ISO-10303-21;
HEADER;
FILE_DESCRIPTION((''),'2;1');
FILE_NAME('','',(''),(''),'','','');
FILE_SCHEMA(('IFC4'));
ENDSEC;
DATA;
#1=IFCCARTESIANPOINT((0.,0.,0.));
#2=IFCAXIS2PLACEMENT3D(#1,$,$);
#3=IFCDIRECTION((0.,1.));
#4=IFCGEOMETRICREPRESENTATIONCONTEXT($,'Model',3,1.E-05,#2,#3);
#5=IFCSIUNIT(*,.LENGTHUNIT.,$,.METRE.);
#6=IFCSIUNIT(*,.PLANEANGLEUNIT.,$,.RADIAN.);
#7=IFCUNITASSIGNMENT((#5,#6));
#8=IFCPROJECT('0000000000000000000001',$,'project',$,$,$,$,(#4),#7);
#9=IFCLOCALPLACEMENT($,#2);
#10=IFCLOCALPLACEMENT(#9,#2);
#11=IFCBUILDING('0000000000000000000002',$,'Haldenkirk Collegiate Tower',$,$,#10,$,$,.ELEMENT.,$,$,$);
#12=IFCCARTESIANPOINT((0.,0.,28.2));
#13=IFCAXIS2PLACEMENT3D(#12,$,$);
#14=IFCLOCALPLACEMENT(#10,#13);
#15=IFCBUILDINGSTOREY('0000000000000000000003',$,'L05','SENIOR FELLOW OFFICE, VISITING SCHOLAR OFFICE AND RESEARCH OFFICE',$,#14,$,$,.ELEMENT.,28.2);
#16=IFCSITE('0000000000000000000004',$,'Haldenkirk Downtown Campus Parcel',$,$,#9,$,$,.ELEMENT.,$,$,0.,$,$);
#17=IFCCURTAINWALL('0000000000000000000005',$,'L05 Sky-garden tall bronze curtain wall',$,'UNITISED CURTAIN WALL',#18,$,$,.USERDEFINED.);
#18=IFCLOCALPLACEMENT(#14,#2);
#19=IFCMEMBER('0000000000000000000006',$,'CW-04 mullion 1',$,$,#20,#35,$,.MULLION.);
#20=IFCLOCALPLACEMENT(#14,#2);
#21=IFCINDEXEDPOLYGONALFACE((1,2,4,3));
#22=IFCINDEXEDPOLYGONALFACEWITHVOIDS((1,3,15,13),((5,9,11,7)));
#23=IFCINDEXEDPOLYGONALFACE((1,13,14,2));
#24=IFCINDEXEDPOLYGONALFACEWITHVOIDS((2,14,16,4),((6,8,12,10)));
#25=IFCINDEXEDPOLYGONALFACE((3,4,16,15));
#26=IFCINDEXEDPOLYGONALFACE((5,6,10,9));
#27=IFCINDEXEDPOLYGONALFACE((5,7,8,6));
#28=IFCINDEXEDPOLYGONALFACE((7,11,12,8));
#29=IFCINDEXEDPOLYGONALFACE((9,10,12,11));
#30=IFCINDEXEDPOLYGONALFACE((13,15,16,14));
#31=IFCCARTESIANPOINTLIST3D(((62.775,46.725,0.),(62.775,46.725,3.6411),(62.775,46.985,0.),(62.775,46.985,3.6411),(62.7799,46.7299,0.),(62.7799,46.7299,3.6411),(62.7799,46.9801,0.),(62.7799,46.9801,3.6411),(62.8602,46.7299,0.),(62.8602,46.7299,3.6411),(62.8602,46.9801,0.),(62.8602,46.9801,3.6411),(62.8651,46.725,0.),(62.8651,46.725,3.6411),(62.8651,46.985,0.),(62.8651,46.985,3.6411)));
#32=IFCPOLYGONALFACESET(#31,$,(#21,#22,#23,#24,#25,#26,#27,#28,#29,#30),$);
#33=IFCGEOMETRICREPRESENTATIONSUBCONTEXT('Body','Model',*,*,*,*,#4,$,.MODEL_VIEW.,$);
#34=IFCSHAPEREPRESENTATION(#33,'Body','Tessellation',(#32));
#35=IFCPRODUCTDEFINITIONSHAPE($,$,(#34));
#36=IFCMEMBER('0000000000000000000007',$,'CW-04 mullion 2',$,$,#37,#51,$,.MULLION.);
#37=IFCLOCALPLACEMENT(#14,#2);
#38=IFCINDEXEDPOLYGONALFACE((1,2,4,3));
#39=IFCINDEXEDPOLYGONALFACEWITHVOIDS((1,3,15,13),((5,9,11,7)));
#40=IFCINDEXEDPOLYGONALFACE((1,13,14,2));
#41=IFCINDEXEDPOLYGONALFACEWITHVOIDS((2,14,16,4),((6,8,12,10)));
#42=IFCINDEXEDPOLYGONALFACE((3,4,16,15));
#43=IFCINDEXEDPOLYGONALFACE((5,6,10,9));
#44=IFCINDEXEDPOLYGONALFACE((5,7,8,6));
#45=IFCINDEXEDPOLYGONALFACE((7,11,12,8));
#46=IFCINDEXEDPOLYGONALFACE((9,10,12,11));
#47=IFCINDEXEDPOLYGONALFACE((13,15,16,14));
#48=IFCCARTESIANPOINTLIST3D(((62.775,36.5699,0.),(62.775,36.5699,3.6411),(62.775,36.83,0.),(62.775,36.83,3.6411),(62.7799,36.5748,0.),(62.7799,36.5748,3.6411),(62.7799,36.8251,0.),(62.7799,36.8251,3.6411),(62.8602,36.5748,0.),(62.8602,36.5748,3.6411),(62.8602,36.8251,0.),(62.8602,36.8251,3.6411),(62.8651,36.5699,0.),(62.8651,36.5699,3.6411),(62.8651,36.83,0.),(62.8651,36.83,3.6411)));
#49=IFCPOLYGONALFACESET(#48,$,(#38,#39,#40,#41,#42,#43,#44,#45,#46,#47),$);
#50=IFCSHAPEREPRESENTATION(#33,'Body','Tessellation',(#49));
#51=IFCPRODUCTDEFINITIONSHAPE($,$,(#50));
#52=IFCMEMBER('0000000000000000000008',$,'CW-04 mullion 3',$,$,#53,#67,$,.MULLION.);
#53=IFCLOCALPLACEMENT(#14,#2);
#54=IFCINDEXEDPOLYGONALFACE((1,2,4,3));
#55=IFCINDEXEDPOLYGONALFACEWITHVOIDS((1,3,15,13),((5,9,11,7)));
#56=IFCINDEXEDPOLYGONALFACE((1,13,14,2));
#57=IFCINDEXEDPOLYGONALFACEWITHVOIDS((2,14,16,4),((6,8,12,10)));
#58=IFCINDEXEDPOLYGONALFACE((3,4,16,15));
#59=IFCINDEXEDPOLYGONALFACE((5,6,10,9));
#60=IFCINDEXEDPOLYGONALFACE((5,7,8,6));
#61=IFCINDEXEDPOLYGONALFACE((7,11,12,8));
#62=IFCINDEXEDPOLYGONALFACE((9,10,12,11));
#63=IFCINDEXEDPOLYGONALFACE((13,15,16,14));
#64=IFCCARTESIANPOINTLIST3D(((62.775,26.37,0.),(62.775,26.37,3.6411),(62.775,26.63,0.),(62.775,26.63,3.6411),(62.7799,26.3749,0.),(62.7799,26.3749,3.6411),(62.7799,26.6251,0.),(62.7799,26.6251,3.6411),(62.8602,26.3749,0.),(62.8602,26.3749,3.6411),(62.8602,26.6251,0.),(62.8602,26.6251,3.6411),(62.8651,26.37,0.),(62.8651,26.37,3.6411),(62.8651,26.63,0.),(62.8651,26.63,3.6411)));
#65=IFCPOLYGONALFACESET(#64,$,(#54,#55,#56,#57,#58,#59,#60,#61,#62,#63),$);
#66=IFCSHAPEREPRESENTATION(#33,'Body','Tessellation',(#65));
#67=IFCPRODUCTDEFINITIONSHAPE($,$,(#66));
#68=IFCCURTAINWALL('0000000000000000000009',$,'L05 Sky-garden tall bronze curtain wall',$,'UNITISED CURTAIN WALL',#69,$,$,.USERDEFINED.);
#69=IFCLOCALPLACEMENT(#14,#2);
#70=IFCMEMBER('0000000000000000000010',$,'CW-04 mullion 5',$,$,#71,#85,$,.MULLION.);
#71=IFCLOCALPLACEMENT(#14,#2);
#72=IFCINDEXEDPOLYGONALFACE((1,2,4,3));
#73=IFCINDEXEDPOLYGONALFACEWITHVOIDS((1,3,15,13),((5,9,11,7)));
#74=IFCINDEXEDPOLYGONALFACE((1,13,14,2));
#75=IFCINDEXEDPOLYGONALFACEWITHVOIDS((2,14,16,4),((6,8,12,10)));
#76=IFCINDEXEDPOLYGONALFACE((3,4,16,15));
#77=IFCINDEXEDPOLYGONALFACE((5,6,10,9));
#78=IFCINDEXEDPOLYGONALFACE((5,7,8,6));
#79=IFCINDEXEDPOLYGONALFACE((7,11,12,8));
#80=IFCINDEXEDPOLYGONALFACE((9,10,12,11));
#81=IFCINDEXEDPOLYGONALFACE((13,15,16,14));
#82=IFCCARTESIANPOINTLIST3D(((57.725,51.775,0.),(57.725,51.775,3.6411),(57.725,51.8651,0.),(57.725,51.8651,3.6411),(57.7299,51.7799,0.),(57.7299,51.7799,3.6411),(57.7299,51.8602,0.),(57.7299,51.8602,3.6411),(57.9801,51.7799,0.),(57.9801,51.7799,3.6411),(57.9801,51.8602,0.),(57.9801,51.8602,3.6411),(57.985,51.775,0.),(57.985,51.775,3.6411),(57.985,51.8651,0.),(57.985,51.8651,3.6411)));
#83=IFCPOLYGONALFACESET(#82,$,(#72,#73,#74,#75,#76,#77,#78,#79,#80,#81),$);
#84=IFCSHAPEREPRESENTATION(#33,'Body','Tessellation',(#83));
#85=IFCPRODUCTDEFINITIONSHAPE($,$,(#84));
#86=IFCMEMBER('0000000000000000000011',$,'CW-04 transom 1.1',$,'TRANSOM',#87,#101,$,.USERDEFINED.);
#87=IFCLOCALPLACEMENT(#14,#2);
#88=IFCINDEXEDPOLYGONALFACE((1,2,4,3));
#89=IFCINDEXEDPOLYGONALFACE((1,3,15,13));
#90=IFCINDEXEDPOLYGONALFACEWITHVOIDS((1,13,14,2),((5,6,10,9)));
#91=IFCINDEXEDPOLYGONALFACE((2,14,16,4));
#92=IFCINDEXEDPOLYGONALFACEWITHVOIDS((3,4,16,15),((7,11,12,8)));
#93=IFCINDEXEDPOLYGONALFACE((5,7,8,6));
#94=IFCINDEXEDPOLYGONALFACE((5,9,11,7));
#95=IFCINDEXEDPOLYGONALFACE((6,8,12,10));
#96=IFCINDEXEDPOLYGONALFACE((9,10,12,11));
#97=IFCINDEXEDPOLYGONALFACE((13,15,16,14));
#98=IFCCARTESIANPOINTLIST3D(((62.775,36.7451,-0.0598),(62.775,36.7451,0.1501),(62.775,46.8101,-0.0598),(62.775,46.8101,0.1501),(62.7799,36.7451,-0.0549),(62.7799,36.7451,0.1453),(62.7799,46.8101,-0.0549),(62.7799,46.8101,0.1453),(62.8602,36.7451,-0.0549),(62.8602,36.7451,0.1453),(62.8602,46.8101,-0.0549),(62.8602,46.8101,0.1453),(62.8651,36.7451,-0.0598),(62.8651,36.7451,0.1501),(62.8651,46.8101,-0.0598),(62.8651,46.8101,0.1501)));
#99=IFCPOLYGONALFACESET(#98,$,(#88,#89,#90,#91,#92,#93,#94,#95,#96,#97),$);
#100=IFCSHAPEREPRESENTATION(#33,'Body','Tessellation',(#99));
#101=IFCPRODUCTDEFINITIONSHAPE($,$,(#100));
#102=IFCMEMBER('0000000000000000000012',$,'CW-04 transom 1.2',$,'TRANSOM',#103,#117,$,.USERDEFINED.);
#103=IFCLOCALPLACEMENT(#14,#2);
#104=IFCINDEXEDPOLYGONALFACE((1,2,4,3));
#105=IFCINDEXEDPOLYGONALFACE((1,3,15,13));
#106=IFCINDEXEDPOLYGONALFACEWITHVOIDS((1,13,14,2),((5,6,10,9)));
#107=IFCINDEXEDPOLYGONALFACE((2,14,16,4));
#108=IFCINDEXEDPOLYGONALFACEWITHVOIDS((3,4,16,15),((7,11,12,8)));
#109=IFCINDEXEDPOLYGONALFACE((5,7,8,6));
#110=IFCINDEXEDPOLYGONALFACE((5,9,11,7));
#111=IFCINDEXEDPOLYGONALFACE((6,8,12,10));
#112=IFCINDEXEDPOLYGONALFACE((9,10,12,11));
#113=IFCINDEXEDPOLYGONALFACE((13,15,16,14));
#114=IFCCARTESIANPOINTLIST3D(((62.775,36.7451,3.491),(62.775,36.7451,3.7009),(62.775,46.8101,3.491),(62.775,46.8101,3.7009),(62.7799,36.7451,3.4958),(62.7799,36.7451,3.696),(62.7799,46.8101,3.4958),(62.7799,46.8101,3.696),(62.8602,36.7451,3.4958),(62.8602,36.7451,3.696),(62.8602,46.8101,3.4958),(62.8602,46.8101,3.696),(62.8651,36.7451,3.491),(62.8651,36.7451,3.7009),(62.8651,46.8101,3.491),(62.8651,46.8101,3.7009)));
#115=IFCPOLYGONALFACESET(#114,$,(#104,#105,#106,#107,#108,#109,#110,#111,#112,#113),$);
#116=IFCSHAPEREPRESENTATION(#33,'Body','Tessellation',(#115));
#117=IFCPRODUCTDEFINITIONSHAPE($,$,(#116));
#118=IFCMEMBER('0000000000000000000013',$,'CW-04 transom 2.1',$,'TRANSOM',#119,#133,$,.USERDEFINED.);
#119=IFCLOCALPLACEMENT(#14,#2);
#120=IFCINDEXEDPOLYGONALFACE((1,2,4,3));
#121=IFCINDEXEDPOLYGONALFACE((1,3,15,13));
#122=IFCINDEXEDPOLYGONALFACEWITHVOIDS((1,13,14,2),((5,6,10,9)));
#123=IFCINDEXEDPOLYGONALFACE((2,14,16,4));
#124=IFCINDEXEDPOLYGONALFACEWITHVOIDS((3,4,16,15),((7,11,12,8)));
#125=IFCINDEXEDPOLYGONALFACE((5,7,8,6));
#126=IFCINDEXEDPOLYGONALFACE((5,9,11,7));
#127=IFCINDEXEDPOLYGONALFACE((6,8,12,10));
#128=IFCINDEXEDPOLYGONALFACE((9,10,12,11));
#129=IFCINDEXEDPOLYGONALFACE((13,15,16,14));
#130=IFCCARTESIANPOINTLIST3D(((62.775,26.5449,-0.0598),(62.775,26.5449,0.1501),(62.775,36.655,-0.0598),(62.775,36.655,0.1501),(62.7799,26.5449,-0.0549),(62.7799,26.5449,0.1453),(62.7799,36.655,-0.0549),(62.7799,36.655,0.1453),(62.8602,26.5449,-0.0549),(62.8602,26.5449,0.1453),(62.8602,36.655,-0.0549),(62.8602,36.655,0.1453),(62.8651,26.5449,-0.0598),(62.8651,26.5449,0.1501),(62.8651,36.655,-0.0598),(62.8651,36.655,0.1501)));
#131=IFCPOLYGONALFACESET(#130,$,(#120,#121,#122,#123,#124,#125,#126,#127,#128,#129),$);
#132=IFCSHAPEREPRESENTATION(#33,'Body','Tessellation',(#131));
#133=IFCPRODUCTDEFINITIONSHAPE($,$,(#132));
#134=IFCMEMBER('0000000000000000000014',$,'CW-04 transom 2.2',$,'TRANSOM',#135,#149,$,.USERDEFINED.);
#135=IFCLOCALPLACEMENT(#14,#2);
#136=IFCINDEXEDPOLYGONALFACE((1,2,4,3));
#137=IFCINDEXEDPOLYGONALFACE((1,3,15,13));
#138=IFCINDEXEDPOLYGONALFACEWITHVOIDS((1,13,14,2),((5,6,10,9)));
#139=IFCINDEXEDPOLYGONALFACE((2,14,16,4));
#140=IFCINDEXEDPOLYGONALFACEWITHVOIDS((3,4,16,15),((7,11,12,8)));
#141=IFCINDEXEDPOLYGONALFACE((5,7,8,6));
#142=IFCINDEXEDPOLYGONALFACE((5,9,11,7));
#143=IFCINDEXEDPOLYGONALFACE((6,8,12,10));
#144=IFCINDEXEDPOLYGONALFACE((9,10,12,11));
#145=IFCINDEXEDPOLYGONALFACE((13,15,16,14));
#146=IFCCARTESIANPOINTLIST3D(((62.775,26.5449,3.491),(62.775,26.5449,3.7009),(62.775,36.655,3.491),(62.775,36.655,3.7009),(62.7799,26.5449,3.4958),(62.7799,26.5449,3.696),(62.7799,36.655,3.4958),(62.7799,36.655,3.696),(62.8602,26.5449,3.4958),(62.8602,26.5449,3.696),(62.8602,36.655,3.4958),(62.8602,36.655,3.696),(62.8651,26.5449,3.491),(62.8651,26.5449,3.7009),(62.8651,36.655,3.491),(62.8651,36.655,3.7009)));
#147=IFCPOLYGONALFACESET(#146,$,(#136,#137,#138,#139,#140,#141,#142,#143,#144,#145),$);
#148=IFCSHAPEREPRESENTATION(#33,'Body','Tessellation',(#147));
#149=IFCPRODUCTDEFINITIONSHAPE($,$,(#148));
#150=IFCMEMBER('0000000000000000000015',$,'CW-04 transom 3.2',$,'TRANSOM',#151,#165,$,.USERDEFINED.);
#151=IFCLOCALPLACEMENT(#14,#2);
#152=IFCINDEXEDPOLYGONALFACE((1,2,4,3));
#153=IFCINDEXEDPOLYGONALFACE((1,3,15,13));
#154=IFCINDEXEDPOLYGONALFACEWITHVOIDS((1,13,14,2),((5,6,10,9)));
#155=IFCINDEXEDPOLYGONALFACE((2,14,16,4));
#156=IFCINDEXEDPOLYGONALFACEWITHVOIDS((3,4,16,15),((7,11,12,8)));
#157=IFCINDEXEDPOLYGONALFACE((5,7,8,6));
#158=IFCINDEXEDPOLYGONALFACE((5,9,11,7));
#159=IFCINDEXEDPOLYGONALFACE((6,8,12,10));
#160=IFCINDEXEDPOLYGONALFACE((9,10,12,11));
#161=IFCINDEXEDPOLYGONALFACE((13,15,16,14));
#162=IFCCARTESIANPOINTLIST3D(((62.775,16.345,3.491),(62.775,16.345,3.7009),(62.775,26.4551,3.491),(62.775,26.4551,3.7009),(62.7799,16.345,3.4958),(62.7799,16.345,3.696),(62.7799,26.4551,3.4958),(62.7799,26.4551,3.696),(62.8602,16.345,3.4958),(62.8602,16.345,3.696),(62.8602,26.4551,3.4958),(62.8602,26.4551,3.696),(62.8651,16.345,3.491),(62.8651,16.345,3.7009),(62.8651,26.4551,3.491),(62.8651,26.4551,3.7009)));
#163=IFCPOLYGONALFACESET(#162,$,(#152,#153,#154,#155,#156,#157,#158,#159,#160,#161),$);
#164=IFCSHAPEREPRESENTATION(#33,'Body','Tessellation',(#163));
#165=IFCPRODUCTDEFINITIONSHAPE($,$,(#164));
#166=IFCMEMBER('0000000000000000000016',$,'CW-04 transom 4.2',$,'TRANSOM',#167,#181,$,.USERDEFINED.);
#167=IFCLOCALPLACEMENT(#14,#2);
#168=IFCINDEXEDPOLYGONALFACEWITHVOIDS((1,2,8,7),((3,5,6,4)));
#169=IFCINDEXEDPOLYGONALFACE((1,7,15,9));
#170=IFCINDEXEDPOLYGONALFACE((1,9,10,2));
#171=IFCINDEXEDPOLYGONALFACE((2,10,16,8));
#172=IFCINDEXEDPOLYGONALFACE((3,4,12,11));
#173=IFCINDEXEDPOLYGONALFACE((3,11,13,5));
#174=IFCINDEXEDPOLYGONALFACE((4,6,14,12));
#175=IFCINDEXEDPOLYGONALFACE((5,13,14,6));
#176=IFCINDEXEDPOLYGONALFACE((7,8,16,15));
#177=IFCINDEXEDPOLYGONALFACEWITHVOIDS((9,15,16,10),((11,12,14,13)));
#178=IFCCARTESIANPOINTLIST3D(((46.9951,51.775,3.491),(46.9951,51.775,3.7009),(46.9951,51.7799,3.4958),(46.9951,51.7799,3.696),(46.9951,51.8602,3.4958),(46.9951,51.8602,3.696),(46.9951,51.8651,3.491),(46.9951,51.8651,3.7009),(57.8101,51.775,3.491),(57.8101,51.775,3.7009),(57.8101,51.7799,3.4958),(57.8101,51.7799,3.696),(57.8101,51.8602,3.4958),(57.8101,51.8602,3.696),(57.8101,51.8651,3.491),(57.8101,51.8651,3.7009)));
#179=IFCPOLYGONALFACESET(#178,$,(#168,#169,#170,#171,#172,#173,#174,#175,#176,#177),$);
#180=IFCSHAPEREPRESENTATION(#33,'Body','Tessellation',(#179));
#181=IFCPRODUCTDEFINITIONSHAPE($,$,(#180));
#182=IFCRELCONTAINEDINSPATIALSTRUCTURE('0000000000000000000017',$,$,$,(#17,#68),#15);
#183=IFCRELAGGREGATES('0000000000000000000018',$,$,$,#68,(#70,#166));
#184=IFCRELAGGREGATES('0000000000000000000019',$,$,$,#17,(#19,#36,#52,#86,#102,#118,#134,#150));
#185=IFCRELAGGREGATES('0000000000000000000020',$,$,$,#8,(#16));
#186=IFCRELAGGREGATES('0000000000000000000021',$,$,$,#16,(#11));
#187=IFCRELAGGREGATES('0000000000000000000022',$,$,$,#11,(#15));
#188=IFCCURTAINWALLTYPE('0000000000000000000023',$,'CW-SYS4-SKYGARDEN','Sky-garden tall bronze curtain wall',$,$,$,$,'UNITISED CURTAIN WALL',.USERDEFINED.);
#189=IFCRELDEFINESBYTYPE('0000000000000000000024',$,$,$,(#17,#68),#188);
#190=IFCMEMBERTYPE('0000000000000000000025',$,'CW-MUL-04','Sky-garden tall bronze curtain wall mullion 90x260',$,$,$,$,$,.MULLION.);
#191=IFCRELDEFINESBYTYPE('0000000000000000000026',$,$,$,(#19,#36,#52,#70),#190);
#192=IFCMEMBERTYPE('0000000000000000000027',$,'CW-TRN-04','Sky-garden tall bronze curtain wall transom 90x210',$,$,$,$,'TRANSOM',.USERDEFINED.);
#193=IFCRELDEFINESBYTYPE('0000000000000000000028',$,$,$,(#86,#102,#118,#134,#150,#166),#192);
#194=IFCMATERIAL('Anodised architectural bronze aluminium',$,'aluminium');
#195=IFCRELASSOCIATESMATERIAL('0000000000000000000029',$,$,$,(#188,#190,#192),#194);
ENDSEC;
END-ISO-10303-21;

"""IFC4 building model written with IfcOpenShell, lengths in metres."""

from ifc_helpers import new_model, si_unit, direction, frame, origin, origin_2d, place, context, subcontext, project, spatial, hollow_rectangle, extrude, material, material_profile, profile_set, type_object, element, aggregate, save


model = new_model("IFC4")

# Units and contexts
model_context = context("Model", 3, precision=1e-05, world=origin(), true_north=direction((0.0, 1.0)))
body_context = subcontext(model_context, "Body", "Model", "MODEL_VIEW")
ifc_project = project(units=[si_unit("LENGTHUNIT", "METRE"), si_unit("PLANEANGLEUNIT", "RADIAN")], contexts=[model_context])

# Site, building, storey
site_placement = place(None, origin())
site = spatial("IfcSite", under=ifc_project, at=site_placement, Name="Haldenkirk Downtown Campus Parcel", CompositionType="ELEMENT", RefElevation=0.0)
building_placement = place(site_placement, origin())
building = spatial("IfcBuilding", under=site, at=building_placement, Name="Haldenkirk Collegiate Tower", CompositionType="ELEMENT")
storey_placement = place(building_placement, frame((0.0, 0.0, 28.2)))
storey = spatial("IfcBuildingStorey", under=building, at=storey_placement, Name="L05", Description="SENIOR FELLOW OFFICE, VISITING SCHOLAR OFFICE AND RESEARCH OFFICE", CompositionType="ELEMENT", Elevation=28.2)

# Curtain wall, members
ifc_material_1 = material(Name="Anodised architectural bronze aluminium", Category="aluminium")
curtain_wall_type = type_object("IfcCurtainWallType", Name="CW-SYS4-SKYGARDEN", Description="Sky-garden tall bronze curtain wall", ElementType="UNITISED CURTAIN WALL", PredefinedType="USERDEFINED", material=ifc_material_1)
curtain_wall_1_placement = place(storey_placement, origin())
curtain_wall_1 = element("IfcCurtainWall", 1, at=curtain_wall_1_placement, inside=storey, type_object=curtain_wall_type, Name="L05 Sky-garden tall bronze curtain wall", ObjectType="UNITISED CURTAIN WALL", PredefinedType="USERDEFINED")
ifc_material_profile_1 = material_profile(ifc_material_1, hollow_rectangle(XDim=0.0901, YDim=0.26, WallThickness=0.0049, at=origin_2d()), Name="CW-MUL-04")
ifc_profile_set_1 = profile_set([ifc_material_profile_1], Name="Anodised architectural bronze aluminium")
member_type_1 = type_object("IfcMemberType", Name="CW-MUL-04", Description="Sky-garden tall bronze curtain wall mullion 90x260", PredefinedType="MULLION", material=ifc_profile_set_1)
member_1_placement = place(storey_placement, frame((62.8201, 46.855, 0.0), z_axis=(0.0, 0.0, 1.0), x_axis=(1.0, 0.0, 0.0)))
member_1 = element("IfcMember", 2, at=member_1_placement, type_object=member_type_1, Name="CW-04 mullion 1", PredefinedType="MULLION", context=body_context, shape_type="SweptSolid", body=[
    extrude(hollow_rectangle(XDim=0.0901, YDim=0.26, WallThickness=0.0049, at=origin_2d()), origin(), (0.0, 0.0, 1.0), 3.6411),
])
member_2_placement = place(storey_placement, frame((62.8201, 36.7, 0.0), z_axis=(0.0, 0.0, 1.0), x_axis=(1.0, 0.0, 0.0)))
member_2 = element("IfcMember", 3, at=member_2_placement, type_object=member_type_1, Name="CW-04 mullion 2", PredefinedType="MULLION", context=body_context, shape_type="SweptSolid", body=[
    extrude(hollow_rectangle(XDim=0.0901, YDim=0.26, WallThickness=0.0049, at=origin_2d()), origin(), (0.0, 0.0, 1.0), 3.6411),
])
member_3_placement = place(storey_placement, frame((62.8201, 26.5, 0.0), z_axis=(0.0, 0.0, 1.0), x_axis=(1.0, 0.0, 0.0)))
member_3 = element("IfcMember", 4, at=member_3_placement, type_object=member_type_1, Name="CW-04 mullion 3", PredefinedType="MULLION", context=body_context, shape_type="SweptSolid", body=[
    extrude(hollow_rectangle(XDim=0.0901, YDim=0.26, WallThickness=0.0049, at=origin_2d()), origin(), (0.0, 0.0, 1.0), 3.6411),
])

# Curtain wall, member
curtain_wall_2_placement = place(storey_placement, origin())
curtain_wall_2 = element("IfcCurtainWall", 5, at=curtain_wall_2_placement, inside=storey, type_object=curtain_wall_type, Name="L05 Sky-garden tall bronze curtain wall", ObjectType="UNITISED CURTAIN WALL", PredefinedType="USERDEFINED")
member_4_placement = place(storey_placement, frame((57.855, 51.8201, 0.0), z_axis=(0.0, 0.0, 1.0), x_axis=(0.0, 1.0, 0.0)))
member_4 = element("IfcMember", 6, at=member_4_placement, type_object=member_type_1, Name="CW-04 mullion 5", PredefinedType="MULLION", context=body_context, shape_type="SweptSolid", body=[
    extrude(hollow_rectangle(XDim=0.0901, YDim=0.26, WallThickness=0.0049, at=origin_2d()), origin(), (0.0, 0.0, 1.0), 3.6411),
])

# Members
ifc_material_profile_2 = material_profile(ifc_material_1, hollow_rectangle(XDim=0.0901, YDim=0.21, WallThickness=0.0049, at=origin_2d()), Name="CW-TRN-04")
ifc_profile_set_2 = profile_set([ifc_material_profile_2], Name="Anodised architectural bronze aluminium")
member_type_2 = type_object("IfcMemberType", Name="CW-TRN-04", Description="Sky-garden tall bronze curtain wall transom 90x210", ElementType="TRANSOM", PredefinedType="USERDEFINED", material=ifc_profile_set_2)
member_5_placement = place(storey_placement, frame((62.8201, 46.8101, 0.0452), z_axis=(0.0, -1.0, 0.0), x_axis=(1.0, 0.0, 0.0)))
member_5 = element("IfcMember", 7, at=member_5_placement, type_object=member_type_2, Name="CW-04 transom 1.1", ObjectType="TRANSOM", PredefinedType="USERDEFINED", context=body_context, shape_type="SweptSolid", body=[
    extrude(hollow_rectangle(XDim=0.0901, YDim=0.21, WallThickness=0.0049, at=origin_2d()), origin(), (0.0, 0.0, 1.0), 10.0649),
])
member_6_placement = place(storey_placement, frame((62.8201, 46.8101, 3.5959), z_axis=(0.0, -1.0, 0.0), x_axis=(1.0, 0.0, 0.0)))
member_6 = element("IfcMember", 8, at=member_6_placement, type_object=member_type_2, Name="CW-04 transom 1.2", ObjectType="TRANSOM", PredefinedType="USERDEFINED", context=body_context, shape_type="SweptSolid", body=[
    extrude(hollow_rectangle(XDim=0.0901, YDim=0.21, WallThickness=0.0049, at=origin_2d()), origin(), (0.0, 0.0, 1.0), 10.0649),
])
member_7_placement = place(storey_placement, frame((62.8201, 36.655, 0.0452), z_axis=(0.0, -1.0, 0.0), x_axis=(1.0, 0.0, 0.0)))
member_7 = element("IfcMember", 9, at=member_7_placement, type_object=member_type_2, Name="CW-04 transom 2.1", ObjectType="TRANSOM", PredefinedType="USERDEFINED", context=body_context, shape_type="SweptSolid", body=[
    extrude(hollow_rectangle(XDim=0.0901, YDim=0.21, WallThickness=0.0049, at=origin_2d()), origin(), (0.0, 0.0, 1.0), 10.1101),
])
member_8_placement = place(storey_placement, frame((62.8201, 36.655, 3.5959), z_axis=(0.0, -1.0, 0.0), x_axis=(1.0, 0.0, 0.0)))
member_8 = element("IfcMember", 10, at=member_8_placement, type_object=member_type_2, Name="CW-04 transom 2.2", ObjectType="TRANSOM", PredefinedType="USERDEFINED", context=body_context, shape_type="SweptSolid", body=[
    extrude(hollow_rectangle(XDim=0.0901, YDim=0.21, WallThickness=0.0049, at=origin_2d()), origin(), (0.0, 0.0, 1.0), 10.1101),
])
member_9_placement = place(storey_placement, frame((62.8201, 26.4551, 3.5959), z_axis=(0.0, -1.0, 0.0), x_axis=(1.0, 0.0, 0.0)))
member_9 = element("IfcMember", 11, at=member_9_placement, type_object=member_type_2, Name="CW-04 transom 3.2", ObjectType="TRANSOM", PredefinedType="USERDEFINED", context=body_context, shape_type="SweptSolid", body=[
    extrude(hollow_rectangle(XDim=0.0901, YDim=0.21, WallThickness=0.0049, at=origin_2d()), origin(), (0.0, 0.0, 1.0), 10.1101),
])
member_10_placement = place(storey_placement, frame((46.9951, 51.8201, 3.5959), z_axis=(1.0, 0.0, 0.0), x_axis=(0.0, 1.0, 0.0)))
member_10 = element("IfcMember", 12, at=member_10_placement, type_object=member_type_2, Name="CW-04 transom 4.2", ObjectType="TRANSOM", PredefinedType="USERDEFINED", context=body_context, shape_type="SweptSolid", body=[
    extrude(hollow_rectangle(XDim=0.0901, YDim=0.21, WallThickness=0.0049, at=origin_2d()), origin(), (0.0, 0.0, 1.0), 10.8149),
])

aggregate(curtain_wall_2, [member_4, member_10])
aggregate(curtain_wall_1, [member_1, member_2, member_3, member_5, member_6, member_7, member_8, member_9])

save(model, "model.ifc")
